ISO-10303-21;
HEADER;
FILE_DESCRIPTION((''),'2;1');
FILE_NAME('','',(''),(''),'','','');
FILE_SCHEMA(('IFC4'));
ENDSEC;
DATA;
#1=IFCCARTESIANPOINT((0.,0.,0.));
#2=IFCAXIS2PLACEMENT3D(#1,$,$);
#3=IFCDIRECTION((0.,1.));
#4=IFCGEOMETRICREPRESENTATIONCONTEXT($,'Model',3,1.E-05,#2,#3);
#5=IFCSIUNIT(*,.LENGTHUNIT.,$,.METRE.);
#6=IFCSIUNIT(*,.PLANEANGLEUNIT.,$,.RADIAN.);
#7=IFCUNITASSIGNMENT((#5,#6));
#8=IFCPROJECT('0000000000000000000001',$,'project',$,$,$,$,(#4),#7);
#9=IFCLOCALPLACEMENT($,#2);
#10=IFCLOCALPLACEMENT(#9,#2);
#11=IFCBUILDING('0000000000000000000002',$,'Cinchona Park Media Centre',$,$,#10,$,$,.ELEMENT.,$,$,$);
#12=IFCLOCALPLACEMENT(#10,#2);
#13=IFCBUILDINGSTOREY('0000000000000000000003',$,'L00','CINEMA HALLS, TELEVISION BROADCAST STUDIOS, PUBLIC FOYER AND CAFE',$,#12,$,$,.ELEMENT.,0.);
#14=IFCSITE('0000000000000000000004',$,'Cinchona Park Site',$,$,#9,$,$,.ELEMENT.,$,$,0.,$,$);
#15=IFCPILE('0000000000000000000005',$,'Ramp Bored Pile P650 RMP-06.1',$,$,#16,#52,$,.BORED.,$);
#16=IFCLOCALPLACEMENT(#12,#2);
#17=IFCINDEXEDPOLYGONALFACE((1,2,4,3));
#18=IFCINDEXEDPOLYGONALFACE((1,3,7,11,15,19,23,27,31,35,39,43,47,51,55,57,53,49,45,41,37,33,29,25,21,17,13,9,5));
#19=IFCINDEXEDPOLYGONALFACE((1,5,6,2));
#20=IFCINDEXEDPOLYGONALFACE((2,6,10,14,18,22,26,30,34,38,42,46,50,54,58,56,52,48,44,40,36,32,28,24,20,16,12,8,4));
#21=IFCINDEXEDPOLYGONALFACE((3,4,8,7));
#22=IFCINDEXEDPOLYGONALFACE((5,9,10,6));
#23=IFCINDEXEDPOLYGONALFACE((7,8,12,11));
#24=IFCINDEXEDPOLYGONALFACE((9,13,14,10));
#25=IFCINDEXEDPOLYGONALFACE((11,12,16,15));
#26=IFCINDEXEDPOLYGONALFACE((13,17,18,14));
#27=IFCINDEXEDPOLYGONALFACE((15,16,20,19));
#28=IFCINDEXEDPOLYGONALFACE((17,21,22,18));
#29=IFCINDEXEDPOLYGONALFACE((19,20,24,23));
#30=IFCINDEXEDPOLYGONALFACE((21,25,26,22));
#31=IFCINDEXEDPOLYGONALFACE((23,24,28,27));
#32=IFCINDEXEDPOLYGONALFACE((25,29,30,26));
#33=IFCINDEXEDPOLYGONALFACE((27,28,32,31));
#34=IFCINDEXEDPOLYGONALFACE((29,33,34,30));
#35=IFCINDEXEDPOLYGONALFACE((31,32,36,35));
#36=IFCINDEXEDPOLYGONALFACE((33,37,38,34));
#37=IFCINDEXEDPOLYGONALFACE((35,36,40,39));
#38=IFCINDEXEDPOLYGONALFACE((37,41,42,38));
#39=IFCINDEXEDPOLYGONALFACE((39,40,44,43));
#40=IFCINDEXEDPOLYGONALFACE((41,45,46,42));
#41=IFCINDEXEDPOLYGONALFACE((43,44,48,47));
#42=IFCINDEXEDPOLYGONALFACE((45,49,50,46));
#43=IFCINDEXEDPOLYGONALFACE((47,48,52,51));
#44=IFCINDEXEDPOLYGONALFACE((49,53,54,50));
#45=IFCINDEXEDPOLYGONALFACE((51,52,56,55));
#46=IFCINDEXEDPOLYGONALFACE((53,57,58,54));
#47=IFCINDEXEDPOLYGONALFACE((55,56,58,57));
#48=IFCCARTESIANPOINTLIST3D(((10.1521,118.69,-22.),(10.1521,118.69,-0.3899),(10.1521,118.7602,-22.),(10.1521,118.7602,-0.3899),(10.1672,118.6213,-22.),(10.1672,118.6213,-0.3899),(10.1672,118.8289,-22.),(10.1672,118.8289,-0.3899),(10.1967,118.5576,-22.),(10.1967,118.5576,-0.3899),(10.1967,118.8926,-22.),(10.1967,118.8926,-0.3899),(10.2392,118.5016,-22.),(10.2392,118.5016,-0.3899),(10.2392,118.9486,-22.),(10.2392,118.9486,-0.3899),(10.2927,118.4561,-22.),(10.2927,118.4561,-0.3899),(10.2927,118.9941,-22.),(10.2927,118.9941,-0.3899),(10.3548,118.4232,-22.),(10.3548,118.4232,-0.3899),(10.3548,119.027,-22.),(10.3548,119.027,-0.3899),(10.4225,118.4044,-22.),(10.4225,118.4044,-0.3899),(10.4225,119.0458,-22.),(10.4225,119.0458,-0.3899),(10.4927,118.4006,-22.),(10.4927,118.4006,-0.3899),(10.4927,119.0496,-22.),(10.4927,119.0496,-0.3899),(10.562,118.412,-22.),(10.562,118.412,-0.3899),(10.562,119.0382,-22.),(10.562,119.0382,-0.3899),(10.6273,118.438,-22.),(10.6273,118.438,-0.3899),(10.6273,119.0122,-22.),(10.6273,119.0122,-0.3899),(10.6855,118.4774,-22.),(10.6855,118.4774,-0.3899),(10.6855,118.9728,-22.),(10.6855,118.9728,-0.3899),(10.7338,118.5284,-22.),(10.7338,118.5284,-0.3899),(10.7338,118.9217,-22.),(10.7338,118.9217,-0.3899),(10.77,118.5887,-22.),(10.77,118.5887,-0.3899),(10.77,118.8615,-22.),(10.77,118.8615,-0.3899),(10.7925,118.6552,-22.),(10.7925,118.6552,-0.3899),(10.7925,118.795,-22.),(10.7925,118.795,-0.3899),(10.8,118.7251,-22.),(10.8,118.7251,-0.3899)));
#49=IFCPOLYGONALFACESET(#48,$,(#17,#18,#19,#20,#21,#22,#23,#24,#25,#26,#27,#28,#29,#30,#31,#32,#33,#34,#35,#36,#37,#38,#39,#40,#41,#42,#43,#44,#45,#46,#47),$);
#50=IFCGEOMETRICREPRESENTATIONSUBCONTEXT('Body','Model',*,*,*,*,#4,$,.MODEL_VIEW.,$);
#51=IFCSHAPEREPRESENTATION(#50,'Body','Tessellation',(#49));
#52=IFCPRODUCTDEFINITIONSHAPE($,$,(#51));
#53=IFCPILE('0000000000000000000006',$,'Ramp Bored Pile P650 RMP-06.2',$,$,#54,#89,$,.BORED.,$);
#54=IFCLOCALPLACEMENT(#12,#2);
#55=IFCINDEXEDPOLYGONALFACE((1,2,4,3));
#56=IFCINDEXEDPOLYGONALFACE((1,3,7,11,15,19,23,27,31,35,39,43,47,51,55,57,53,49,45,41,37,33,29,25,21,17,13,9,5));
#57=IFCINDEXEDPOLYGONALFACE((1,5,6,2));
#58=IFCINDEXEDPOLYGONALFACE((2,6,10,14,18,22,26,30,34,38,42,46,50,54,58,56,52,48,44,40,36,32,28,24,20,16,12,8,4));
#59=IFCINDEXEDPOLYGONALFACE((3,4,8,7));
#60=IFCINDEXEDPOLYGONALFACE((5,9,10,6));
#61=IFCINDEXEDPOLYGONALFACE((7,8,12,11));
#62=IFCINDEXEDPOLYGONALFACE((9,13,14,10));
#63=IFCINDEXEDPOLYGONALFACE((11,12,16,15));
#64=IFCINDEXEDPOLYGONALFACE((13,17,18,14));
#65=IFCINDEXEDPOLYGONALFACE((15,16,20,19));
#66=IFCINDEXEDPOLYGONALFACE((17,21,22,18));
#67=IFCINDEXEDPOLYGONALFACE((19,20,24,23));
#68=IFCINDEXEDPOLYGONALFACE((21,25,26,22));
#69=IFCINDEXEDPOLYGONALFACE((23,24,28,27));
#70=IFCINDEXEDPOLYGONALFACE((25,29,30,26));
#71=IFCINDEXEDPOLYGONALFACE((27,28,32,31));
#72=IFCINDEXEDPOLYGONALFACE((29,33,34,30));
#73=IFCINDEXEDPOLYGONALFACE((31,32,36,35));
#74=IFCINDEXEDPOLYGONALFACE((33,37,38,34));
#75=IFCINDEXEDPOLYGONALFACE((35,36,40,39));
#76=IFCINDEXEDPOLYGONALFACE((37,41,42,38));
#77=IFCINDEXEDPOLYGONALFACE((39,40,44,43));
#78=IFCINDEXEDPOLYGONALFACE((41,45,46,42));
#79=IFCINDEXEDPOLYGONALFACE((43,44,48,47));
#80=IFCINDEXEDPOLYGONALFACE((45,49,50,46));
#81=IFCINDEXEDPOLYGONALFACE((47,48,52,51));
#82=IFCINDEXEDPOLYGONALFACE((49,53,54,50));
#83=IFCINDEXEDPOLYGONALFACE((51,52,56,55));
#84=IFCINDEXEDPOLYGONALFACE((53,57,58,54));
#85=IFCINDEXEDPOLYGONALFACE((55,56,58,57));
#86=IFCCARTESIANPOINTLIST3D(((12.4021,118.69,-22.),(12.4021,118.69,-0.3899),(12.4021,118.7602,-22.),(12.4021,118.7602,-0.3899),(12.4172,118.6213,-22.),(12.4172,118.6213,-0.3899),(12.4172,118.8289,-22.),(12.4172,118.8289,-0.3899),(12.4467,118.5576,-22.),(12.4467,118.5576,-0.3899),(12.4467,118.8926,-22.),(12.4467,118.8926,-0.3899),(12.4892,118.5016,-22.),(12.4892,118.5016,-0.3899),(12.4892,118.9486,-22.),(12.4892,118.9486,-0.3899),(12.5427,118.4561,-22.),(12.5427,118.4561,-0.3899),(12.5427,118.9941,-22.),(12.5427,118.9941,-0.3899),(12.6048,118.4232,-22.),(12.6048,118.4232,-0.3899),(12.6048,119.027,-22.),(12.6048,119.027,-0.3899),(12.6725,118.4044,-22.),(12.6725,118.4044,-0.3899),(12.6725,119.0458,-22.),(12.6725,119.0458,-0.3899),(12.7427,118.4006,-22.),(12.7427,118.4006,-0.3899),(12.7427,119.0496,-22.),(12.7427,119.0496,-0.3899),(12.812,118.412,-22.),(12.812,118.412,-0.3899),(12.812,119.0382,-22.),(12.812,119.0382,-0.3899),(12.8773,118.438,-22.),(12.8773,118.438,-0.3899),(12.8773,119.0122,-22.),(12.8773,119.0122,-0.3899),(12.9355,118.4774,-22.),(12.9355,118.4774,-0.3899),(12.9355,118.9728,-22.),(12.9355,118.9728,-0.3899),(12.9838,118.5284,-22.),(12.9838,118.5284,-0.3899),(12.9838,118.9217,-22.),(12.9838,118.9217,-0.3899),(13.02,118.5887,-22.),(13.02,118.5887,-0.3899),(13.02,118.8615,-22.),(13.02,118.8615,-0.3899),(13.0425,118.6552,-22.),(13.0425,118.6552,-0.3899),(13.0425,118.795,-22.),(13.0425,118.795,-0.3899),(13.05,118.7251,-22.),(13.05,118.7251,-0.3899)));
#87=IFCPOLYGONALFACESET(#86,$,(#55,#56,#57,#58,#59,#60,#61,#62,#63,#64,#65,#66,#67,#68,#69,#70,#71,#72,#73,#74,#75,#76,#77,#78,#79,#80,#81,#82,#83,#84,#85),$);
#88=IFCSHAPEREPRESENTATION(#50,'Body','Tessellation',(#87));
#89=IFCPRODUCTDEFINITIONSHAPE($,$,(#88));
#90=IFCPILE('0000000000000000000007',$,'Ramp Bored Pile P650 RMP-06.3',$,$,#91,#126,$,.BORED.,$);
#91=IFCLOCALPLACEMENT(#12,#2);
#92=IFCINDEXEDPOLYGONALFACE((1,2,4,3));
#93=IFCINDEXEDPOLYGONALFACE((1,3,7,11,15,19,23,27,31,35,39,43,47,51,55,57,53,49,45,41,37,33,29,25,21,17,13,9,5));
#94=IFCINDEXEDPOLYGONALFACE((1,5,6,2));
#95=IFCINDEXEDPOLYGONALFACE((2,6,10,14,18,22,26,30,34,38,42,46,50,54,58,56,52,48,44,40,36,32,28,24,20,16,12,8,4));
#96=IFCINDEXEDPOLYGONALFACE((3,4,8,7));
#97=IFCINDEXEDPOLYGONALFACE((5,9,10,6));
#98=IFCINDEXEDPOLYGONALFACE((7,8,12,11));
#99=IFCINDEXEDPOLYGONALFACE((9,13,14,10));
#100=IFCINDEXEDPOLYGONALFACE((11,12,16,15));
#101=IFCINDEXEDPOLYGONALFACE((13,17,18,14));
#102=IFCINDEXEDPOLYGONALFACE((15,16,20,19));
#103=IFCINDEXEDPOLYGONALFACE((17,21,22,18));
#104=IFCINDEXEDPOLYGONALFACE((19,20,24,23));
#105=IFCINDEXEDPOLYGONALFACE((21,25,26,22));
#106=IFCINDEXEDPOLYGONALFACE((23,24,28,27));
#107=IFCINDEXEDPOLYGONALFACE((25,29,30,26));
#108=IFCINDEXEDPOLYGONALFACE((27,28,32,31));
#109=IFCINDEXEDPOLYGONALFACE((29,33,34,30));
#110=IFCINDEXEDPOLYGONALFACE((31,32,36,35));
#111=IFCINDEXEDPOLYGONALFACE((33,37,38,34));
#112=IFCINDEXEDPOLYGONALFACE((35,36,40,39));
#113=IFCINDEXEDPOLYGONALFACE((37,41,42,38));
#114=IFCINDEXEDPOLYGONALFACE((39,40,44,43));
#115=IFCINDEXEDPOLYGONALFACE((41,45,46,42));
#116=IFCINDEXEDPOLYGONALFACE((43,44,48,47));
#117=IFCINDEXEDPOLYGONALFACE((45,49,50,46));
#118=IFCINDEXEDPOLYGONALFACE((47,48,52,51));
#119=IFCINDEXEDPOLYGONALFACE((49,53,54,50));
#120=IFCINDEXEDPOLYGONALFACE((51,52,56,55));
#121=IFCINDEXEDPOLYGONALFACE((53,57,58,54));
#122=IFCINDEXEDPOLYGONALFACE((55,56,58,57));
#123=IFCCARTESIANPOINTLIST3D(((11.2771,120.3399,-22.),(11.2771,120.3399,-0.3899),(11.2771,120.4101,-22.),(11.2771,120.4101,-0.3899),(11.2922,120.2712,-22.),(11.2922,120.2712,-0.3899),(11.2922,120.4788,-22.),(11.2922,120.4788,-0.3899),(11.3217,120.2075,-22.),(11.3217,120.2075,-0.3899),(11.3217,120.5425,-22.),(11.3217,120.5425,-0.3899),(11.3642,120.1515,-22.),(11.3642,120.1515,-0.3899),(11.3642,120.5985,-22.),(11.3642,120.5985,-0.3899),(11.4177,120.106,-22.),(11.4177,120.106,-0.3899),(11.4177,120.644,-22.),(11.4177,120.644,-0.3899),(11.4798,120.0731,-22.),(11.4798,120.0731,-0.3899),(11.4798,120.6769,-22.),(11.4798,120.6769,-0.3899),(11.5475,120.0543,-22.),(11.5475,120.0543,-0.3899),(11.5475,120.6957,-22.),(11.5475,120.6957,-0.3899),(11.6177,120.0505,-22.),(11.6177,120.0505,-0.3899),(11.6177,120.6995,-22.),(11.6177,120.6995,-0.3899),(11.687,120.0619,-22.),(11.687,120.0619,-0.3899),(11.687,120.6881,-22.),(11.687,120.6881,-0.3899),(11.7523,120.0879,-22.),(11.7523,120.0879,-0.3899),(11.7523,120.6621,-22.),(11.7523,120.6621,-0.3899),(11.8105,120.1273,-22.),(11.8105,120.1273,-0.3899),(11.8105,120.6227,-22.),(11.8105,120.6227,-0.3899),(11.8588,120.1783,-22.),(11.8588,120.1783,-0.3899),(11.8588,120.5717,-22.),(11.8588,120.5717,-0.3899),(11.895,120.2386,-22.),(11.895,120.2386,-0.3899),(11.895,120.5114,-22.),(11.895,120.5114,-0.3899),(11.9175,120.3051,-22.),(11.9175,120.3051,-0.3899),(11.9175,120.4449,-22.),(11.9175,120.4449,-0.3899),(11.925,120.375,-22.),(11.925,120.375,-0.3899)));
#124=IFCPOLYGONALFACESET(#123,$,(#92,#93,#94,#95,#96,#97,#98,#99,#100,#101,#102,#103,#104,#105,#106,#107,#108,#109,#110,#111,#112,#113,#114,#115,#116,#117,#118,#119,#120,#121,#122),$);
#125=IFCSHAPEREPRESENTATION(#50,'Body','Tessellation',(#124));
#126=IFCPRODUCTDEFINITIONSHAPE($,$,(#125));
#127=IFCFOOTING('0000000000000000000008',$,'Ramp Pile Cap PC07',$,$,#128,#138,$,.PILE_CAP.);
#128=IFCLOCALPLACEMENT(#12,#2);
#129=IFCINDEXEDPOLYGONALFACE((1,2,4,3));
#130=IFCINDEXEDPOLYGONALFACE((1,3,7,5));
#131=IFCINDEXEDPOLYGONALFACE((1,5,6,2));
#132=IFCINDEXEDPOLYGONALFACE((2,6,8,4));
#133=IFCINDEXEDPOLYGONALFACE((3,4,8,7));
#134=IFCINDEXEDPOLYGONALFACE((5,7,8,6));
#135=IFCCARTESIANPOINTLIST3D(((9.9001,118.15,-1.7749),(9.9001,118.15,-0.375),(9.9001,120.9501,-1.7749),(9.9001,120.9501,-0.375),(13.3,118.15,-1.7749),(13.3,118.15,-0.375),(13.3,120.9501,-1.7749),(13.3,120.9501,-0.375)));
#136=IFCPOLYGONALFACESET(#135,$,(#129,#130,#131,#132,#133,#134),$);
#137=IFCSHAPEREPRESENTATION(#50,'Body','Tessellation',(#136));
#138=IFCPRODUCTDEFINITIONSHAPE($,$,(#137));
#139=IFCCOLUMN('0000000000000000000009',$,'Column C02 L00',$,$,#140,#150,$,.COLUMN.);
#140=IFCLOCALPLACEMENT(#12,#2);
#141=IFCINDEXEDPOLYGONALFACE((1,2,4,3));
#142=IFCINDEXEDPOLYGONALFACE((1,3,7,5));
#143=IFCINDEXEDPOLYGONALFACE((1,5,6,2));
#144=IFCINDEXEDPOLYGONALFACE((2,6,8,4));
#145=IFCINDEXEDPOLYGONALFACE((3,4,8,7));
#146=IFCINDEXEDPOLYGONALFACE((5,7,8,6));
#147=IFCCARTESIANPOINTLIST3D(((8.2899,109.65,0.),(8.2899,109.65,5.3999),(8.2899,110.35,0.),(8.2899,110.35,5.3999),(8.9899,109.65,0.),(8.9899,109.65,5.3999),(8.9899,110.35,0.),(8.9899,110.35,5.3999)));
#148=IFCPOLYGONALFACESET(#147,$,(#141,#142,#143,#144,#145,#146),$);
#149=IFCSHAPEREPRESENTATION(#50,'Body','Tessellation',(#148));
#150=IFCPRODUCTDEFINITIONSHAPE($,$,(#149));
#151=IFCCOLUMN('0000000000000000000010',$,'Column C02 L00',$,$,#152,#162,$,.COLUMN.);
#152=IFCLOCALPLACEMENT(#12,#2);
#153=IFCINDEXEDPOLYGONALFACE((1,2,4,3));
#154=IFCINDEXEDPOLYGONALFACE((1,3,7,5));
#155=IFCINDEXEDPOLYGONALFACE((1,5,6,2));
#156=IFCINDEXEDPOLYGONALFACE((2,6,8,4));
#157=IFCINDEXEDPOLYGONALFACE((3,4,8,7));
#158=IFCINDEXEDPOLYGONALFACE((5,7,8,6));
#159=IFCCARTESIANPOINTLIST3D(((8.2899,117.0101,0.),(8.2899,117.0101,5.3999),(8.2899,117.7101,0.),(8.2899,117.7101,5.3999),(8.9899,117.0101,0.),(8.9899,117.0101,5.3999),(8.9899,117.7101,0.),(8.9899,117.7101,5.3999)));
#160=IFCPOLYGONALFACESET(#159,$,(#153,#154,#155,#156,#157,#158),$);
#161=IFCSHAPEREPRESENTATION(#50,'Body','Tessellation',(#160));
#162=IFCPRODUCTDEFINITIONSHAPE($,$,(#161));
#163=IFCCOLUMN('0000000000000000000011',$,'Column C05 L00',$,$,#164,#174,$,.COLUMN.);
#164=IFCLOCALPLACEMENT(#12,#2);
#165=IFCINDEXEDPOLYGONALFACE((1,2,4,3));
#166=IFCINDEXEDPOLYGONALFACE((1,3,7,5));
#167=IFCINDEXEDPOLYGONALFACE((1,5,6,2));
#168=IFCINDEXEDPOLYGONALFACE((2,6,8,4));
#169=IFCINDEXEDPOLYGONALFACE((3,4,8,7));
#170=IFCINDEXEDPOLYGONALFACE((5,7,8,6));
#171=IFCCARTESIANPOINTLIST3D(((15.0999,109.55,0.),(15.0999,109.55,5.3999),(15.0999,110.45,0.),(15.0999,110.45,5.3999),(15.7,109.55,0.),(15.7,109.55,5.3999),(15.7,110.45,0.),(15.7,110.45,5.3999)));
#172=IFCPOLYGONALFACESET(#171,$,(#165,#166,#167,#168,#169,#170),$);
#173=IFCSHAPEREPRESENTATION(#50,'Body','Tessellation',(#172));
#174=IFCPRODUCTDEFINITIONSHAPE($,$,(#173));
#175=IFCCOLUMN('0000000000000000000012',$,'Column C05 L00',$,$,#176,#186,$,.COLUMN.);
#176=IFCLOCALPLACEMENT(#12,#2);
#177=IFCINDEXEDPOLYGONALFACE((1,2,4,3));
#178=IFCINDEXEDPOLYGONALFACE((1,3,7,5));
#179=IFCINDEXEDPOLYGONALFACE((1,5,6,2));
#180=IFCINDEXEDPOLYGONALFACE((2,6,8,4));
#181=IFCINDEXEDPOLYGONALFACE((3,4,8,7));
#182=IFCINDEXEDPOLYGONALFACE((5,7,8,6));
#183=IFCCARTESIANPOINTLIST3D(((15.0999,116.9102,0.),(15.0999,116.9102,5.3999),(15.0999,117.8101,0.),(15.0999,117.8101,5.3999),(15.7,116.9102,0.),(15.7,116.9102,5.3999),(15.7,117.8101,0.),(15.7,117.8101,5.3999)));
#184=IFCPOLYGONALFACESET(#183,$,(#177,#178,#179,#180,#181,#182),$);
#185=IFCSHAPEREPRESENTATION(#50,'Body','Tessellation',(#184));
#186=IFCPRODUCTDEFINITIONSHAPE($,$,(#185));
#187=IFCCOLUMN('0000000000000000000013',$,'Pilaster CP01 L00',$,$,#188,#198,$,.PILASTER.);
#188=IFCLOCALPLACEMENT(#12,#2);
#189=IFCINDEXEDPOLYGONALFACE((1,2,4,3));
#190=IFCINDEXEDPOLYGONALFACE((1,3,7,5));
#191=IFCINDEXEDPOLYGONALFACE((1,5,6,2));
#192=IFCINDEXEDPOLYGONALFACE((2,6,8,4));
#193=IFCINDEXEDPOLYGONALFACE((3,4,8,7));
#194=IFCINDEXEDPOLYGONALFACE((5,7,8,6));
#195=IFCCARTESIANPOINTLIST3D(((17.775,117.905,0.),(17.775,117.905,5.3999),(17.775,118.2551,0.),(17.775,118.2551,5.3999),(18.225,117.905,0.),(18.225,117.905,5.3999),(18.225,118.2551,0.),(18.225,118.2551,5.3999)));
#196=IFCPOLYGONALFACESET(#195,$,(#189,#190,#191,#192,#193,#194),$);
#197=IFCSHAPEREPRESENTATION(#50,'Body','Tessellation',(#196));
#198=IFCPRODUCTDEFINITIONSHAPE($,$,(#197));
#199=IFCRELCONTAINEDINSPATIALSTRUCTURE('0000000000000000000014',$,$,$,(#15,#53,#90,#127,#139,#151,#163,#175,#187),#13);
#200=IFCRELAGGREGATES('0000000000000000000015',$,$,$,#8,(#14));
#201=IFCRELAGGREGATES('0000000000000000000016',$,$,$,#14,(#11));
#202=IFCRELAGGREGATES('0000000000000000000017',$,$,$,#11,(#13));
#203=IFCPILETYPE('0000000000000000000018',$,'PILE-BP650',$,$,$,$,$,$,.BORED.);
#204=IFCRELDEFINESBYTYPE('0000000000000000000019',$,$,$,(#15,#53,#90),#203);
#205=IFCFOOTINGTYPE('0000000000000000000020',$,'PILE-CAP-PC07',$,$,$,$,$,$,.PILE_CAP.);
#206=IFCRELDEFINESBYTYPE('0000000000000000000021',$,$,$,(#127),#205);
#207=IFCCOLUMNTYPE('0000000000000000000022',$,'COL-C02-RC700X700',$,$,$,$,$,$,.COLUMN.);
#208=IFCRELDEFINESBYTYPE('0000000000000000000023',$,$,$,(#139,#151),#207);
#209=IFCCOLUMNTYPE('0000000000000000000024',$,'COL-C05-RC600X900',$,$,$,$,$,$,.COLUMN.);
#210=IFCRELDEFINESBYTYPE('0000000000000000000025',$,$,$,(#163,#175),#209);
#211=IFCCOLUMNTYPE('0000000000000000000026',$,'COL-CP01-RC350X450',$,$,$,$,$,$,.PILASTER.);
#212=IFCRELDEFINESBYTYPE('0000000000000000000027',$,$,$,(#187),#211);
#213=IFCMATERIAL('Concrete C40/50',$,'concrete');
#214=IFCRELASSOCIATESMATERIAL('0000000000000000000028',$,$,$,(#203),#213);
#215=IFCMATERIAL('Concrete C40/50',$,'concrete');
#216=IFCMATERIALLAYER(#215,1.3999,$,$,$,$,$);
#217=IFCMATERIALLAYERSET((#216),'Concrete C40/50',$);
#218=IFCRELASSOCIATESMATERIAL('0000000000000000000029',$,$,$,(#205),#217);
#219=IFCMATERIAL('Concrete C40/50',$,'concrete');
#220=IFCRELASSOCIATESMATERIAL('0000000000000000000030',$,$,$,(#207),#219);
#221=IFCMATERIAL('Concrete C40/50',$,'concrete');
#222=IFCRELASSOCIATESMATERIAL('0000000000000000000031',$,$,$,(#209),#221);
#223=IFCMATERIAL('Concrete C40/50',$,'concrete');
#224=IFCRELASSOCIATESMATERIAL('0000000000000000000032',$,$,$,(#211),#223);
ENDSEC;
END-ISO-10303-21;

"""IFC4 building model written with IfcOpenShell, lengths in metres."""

from ifc_helpers import new_model, si_unit, direction, frame, origin, origin_2d, place, context, subcontext, project, spatial, rectangle, circle, extrude, material, layer, layer_set, material_profile, profile_set, type_object, element, save


model = new_model("IFC4")

# Units and contexts
model_context = context("Model", 3, precision=1e-05, world=origin(), true_north=direction((0.0, 1.0)))
body_context = subcontext(model_context, "Body", "Model", "MODEL_VIEW")
ifc_project = project(units=[si_unit("LENGTHUNIT", "METRE"), si_unit("PLANEANGLEUNIT", "RADIAN")], contexts=[model_context])

# Site, building, storey
site_placement = place(None, origin())
site = spatial("IfcSite", under=ifc_project, at=site_placement, Name="Cinchona Park Site", CompositionType="ELEMENT", RefElevation=0.0)
building_placement = place(site_placement, origin())
building = spatial("IfcBuilding", under=site, at=building_placement, Name="Cinchona Park Media Centre", CompositionType="ELEMENT")
storey_placement = place(building_placement, origin())
storey = spatial("IfcBuildingStorey", under=building, at=storey_placement, Name="L00", Description="CINEMA HALLS, TELEVISION BROADCAST STUDIOS, PUBLIC FOYER AND CAFE", CompositionType="ELEMENT", Elevation=0.0)

# Piles
ifc_material_1 = material(Name="Concrete C40/50", Category="concrete")
ifc_material_profile_1 = material_profile(ifc_material_1, circle(Radius=0.325, at=origin_2d()), Name="BORED PILE 650")
ifc_profile_set_1 = profile_set([ifc_material_profile_1], Name="Concrete C40/50")
pile_type = type_object("IfcPileType", Name="PILE-BP650", PredefinedType="BORED", material=ifc_profile_set_1)
for number, where, z_axis, x_axis, name in (
    (1, (10.4751, 118.7251, -0.3899), (0.0, 0.0, -1.0), (1.0, 0.0, 0.0), "Ramp Bored Pile P650 RMP-06.1"),
    (2, (12.7251, 118.7251, -0.3899), (0.0, 0.0, -1.0), (1.0, 0.0, 0.0), "Ramp Bored Pile P650 RMP-06.2"),
    (3, (11.6001, 120.375, -0.3899), (0.0, 0.0, -1.0), (1.0, 0.0, 0.0), "Ramp Bored Pile P650 RMP-06.3"),
):
    element("IfcPile", number, at=place(storey_placement, frame(where, z_axis=z_axis, x_axis=x_axis)), inside=storey, type_object=pile_type, Name=name, PredefinedType="BORED", context=body_context, shape_type="SweptSolid", body=[
        extrude(circle(Radius=0.325, at=origin_2d()), origin(), (0.0, 0.0, 1.0), 21.6101),
    ])

# Footing
ifc_material_2 = material(Name="Concrete C40/50", Category="concrete")
ifc_layer_1 = layer(ifc_material_2, 1.3999)
ifc_layer_set_1 = layer_set([ifc_layer_1], Name="Concrete C40/50")
footing_type = type_object("IfcFootingType", Name="PILE-CAP-PC07", PredefinedType="PILE_CAP", material=ifc_layer_set_1)
footing_placement = place(storey_placement, frame((11.6001, 119.55, -1.7749), z_axis=(0.0, 0.0, 1.0), x_axis=(1.0, 0.0, 0.0)))
element("IfcFooting", 4, at=footing_placement, inside=storey, type_object=footing_type, Name="Ramp Pile Cap PC07", PredefinedType="PILE_CAP", context=body_context, shape_type="SweptSolid", body=[
    extrude(rectangle(XDim=3.3999, YDim=2.8, at=origin_2d()), origin(), (0.0, 0.0, 1.0), 1.3999),
])

# Columns
ifc_material_3 = material(Name="Concrete C40/50", Category="concrete")
ifc_material_profile_2 = material_profile(ifc_material_3, rectangle(XDim=0.7, YDim=0.7, at=origin_2d()), Name="RC 700X700")
ifc_profile_set_2 = profile_set([ifc_material_profile_2], Name="Concrete C40/50")
column_type_1 = type_object("IfcColumnType", Name="COL-C02-RC700X700", PredefinedType="COLUMN", material=ifc_profile_set_2)
for number, where, z_axis, x_axis, name in (
    (5, (8.6399, 110.0, 0.0), (0.0, 0.0, 1.0), (1.0, 0.0, 0.0), "Column C02 L00"),
    (6, (8.6399, 117.3601, 0.0), (0.0, 0.0, 1.0), (1.0, 0.0, 0.0), "Column C02 L00"),
):
    element("IfcColumn", number, at=place(storey_placement, frame(where, z_axis=z_axis, x_axis=x_axis)), inside=storey, type_object=column_type_1, Name=name, PredefinedType="COLUMN", context=body_context, shape_type="SweptSolid", body=[
        extrude(rectangle(XDim=0.7, YDim=0.7, at=origin_2d()), origin(), (0.0, 0.0, 1.0), 5.3999),
    ])
ifc_material_4 = material(Name="Concrete C40/50", Category="concrete")
ifc_material_profile_3 = material_profile(ifc_material_4, rectangle(XDim=0.6001, YDim=0.8999, at=origin_2d()), Name="RC 600X900")
ifc_profile_set_3 = profile_set([ifc_material_profile_3], Name="Concrete C40/50")
column_type_2 = type_object("IfcColumnType", Name="COL-C05-RC600X900", PredefinedType="COLUMN", material=ifc_profile_set_3)
for number, where, z_axis, x_axis, name in (
    (7, (15.3999, 110.0, 0.0), (0.0, 0.0, 1.0), (1.0, 0.0, 0.0), "Column C05 L00"),
    (8, (15.3999, 117.3601, 0.0), (0.0, 0.0, 1.0), (1.0, 0.0, 0.0), "Column C05 L00"),
):
    element("IfcColumn", number, at=place(storey_placement, frame(where, z_axis=z_axis, x_axis=x_axis)), inside=storey, type_object=column_type_2, Name=name, PredefinedType="COLUMN", context=body_context, shape_type="SweptSolid", body=[
        extrude(rectangle(XDim=0.6001, YDim=0.8999, at=origin_2d()), origin(), (0.0, 0.0, 1.0), 5.3999),
    ])
ifc_material_5 = material(Name="Concrete C40/50", Category="concrete")
ifc_material_profile_4 = material_profile(ifc_material_5, rectangle(XDim=0.3501, YDim=0.45, at=origin_2d()), Name="RC 350X450")
ifc_profile_set_4 = profile_set([ifc_material_profile_4], Name="Concrete C40/50")
column_type_3 = type_object("IfcColumnType", Name="COL-CP01-RC350X450", PredefinedType="PILASTER", material=ifc_profile_set_4)
column_placement = place(storey_placement, frame((18.0, 118.0801, 0.0), z_axis=(0.0, 0.0, 1.0), x_axis=(0.0, 1.0, 0.0)))
element("IfcColumn", 9, at=column_placement, inside=storey, type_object=column_type_3, Name="Pilaster CP01 L00", PredefinedType="PILASTER", context=body_context, shape_type="SweptSolid", body=[
    extrude(rectangle(XDim=0.3501, YDim=0.45, at=origin_2d()), origin(), (0.0, 0.0, 1.0), 5.3999),
])

save(model, "model.ifc")
